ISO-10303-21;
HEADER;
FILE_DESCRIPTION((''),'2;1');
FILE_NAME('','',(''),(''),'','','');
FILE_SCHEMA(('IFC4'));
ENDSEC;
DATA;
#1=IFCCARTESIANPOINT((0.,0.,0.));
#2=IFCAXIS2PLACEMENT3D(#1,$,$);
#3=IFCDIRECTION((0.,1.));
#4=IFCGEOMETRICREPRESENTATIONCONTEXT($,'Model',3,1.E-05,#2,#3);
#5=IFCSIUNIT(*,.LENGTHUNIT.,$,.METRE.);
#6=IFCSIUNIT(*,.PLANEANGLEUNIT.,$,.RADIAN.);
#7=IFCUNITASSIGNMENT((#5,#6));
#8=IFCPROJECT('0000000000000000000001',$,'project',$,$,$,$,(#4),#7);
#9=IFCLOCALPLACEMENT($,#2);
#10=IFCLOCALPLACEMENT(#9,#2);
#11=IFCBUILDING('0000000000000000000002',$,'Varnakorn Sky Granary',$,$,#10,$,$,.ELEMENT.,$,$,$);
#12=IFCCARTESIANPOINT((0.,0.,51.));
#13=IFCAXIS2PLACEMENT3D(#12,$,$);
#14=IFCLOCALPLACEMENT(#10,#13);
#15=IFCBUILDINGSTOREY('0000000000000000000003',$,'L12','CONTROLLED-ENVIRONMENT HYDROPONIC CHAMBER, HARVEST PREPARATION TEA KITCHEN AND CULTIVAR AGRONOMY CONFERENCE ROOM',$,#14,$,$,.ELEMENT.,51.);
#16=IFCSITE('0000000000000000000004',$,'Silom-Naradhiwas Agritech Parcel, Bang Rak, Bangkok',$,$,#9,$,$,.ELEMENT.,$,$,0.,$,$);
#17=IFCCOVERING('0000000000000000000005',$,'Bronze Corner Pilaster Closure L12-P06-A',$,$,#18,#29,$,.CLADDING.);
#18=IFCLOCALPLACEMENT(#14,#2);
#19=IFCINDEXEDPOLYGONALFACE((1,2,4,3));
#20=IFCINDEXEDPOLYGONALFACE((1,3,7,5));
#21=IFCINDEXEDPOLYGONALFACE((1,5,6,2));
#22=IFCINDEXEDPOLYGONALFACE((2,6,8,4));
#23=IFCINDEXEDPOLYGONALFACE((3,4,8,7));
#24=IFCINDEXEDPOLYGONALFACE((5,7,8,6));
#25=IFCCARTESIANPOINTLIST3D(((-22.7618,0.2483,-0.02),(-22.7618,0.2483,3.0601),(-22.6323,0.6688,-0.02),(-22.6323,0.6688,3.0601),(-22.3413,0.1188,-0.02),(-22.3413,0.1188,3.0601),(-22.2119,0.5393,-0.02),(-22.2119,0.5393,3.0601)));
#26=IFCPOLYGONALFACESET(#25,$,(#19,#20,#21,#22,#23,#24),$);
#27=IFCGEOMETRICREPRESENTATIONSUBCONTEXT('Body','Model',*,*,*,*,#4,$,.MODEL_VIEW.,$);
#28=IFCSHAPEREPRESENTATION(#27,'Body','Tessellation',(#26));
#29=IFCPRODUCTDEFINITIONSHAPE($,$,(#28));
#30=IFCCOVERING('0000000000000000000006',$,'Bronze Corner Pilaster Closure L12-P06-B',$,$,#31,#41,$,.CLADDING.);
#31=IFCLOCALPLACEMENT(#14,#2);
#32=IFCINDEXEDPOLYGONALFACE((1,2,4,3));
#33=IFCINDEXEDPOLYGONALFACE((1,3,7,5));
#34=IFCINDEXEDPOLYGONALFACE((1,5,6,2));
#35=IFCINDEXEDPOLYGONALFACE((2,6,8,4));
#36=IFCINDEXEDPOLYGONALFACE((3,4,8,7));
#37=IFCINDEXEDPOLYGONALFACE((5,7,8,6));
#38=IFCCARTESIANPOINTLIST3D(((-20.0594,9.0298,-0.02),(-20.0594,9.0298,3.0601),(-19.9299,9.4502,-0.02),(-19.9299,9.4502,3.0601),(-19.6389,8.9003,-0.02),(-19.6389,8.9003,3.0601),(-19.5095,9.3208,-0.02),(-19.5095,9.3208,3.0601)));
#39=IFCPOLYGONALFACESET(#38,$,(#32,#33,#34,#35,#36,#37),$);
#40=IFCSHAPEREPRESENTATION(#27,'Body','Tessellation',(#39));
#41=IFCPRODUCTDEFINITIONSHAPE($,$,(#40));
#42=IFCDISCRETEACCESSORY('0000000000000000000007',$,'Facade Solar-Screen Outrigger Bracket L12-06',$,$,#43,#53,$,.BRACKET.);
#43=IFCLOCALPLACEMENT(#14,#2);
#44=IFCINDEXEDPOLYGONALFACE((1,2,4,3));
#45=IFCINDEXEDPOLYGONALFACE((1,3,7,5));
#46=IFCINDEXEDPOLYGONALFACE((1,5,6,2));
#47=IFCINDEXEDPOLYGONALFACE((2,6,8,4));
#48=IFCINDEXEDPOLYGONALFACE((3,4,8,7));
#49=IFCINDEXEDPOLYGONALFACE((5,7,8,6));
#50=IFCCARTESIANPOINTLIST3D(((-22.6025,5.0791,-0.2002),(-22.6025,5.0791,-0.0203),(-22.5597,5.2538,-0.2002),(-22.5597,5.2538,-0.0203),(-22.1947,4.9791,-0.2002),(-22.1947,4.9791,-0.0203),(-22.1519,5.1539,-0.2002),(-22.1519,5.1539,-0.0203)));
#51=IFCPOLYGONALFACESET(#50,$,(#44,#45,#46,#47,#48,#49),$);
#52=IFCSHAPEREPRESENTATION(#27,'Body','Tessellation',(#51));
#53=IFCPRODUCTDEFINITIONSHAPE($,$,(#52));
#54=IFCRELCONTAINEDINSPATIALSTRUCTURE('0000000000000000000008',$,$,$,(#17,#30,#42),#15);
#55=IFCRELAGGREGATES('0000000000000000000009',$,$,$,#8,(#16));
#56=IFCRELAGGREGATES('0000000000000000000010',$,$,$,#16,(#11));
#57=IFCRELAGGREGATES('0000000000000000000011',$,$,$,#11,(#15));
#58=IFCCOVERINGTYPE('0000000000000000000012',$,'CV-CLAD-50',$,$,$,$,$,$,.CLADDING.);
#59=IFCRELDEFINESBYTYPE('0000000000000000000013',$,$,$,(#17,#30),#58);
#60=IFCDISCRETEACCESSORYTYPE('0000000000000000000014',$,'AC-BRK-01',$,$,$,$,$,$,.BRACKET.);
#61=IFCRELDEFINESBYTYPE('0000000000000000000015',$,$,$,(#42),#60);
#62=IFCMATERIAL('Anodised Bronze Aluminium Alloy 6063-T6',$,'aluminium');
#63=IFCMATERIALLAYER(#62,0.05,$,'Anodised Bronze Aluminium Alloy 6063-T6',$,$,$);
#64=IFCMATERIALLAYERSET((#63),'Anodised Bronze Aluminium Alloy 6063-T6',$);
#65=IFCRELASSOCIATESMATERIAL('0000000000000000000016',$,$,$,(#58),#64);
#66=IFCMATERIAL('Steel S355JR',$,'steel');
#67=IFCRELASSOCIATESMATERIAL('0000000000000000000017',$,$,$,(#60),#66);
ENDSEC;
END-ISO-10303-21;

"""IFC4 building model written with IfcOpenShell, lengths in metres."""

from ifc_helpers import new_model, si_unit, direction, frame, origin, origin_2d, place, context, subcontext, project, spatial, rectangle, extrude, source, transform, mapped, material, layer, layer_set, type_object, type_shapes, element, save


model = new_model("IFC4")

# Units and contexts
model_context = context("Model", 3, precision=1e-05, world=origin(), true_north=direction((0.0, 1.0)))
body_context = subcontext(model_context, "Body", "Model", "MODEL_VIEW")
ifc_project = project(units=[si_unit("LENGTHUNIT", "METRE"), si_unit("PLANEANGLEUNIT", "RADIAN")], contexts=[model_context])

# Site, building, storey
site_placement = place(None, origin())
site = spatial("IfcSite", under=ifc_project, at=site_placement, Name="Silom-Naradhiwas Agritech Parcel, Bang Rak, Bangkok", CompositionType="ELEMENT", RefElevation=0.0)
building_placement = place(site_placement, origin())
building = spatial("IfcBuilding", under=site, at=building_placement, Name="Varnakorn Sky Granary", CompositionType="ELEMENT")
storey_placement = place(building_placement, frame((0.0, 0.0, 51.0)))
storey = spatial("IfcBuildingStorey", under=building, at=storey_placement, Name="L12", Description="CONTROLLED-ENVIRONMENT HYDROPONIC CHAMBER, HARVEST PREPARATION TEA KITCHEN AND CULTIVAR AGRONOMY CONFERENCE ROOM", CompositionType="ELEMENT", Elevation=51.0)

# Shared definitions
ifc_material_1 = material(Name="Steel S355JR", Category="steel")

# Shared definitions
ifc_material_2 = material(Name="Anodised Bronze Aluminium Alloy 6063-T6", Category="aluminium")

# Coverings
ifc_layer_1 = layer(ifc_material_2, 0.05, Name="Anodised Bronze Aluminium Alloy 6063-T6")
ifc_layer_set_1 = layer_set([ifc_layer_1], Name="Anodised Bronze Aluminium Alloy 6063-T6")
covering_type = type_object("IfcCoveringType", Name="CV-CLAD-50", PredefinedType="CLADDING", material=ifc_layer_set_1)
shared_shape_1 = source(origin(), body_context, "Body", "SweptSolid", [
    extrude(rectangle(XDim=0.4399, YDim=0.4399, at=origin_2d()), origin(), (0.0, 0.0, 1.0), 3.0801),
])
type_shapes(covering_type, [shared_shape_1])
for number, where, z_axis, x_axis, name in (
    (1, (-22.4868, 0.3938, -0.02), (0.0, 0.0, 1.0), (0.294207, 0.955742, 0.0), "Bronze Corner Pilaster Closure L12-P06-A"),
    (2, (-19.7844, 9.1753, -0.02), (0.0, 0.0, 1.0), (0.294207, 0.955742, 0.0), "Bronze Corner Pilaster Closure L12-P06-B"),
):
    element("IfcCovering", number, at=place(storey_placement, frame(where, z_axis=z_axis, x_axis=x_axis)), inside=storey, type_object=covering_type, Name=name, PredefinedType="CLADDING", context=body_context, shape_type="MappedRepresentation", body=[
        mapped(shared_shape_1, transform((0.0, 0.0, 0.0), x_axis=(1.0, 0.0, 0.0), y_axis=(0.0, 1.0, 0.0), z_axis=(0.0, 0.0, 1.0), scale=1.0)),
    ])

# Discrete accessory
discrete_accessory_type = type_object("IfcDiscreteAccessoryType", Name="AC-BRK-01", PredefinedType="BRACKET", material=ifc_material_1)
shared_shape_2 = source(origin(), body_context, "Body", "SweptSolid", [
    extrude(rectangle(XDim=0.1799, YDim=0.4199, at=origin_2d()), origin(), (0.0, 0.0, 1.0), 0.1799),
])
type_shapes(discrete_accessory_type, [shared_shape_2])
discrete_accessory_placement = place(storey_placement, frame((-22.3772, 5.1165, -0.2002), z_axis=(0.0, 0.0, 1.0), x_axis=(-0.238031, -0.971258, 0.0)))
element("IfcDiscreteAccessory", 3, at=discrete_accessory_placement, inside=storey, type_object=discrete_accessory_type, Name="Facade Solar-Screen Outrigger Bracket L12-06", PredefinedType="BRACKET", context=body_context, shape_type="MappedRepresentation", body=[
    mapped(shared_shape_2, transform((0.0, 0.0, 0.0), x_axis=(1.0, 0.0, 0.0), y_axis=(0.0, 1.0, 0.0), z_axis=(0.0, 0.0, 1.0), scale=1.0)),
])

save(model, "model.ifc")
